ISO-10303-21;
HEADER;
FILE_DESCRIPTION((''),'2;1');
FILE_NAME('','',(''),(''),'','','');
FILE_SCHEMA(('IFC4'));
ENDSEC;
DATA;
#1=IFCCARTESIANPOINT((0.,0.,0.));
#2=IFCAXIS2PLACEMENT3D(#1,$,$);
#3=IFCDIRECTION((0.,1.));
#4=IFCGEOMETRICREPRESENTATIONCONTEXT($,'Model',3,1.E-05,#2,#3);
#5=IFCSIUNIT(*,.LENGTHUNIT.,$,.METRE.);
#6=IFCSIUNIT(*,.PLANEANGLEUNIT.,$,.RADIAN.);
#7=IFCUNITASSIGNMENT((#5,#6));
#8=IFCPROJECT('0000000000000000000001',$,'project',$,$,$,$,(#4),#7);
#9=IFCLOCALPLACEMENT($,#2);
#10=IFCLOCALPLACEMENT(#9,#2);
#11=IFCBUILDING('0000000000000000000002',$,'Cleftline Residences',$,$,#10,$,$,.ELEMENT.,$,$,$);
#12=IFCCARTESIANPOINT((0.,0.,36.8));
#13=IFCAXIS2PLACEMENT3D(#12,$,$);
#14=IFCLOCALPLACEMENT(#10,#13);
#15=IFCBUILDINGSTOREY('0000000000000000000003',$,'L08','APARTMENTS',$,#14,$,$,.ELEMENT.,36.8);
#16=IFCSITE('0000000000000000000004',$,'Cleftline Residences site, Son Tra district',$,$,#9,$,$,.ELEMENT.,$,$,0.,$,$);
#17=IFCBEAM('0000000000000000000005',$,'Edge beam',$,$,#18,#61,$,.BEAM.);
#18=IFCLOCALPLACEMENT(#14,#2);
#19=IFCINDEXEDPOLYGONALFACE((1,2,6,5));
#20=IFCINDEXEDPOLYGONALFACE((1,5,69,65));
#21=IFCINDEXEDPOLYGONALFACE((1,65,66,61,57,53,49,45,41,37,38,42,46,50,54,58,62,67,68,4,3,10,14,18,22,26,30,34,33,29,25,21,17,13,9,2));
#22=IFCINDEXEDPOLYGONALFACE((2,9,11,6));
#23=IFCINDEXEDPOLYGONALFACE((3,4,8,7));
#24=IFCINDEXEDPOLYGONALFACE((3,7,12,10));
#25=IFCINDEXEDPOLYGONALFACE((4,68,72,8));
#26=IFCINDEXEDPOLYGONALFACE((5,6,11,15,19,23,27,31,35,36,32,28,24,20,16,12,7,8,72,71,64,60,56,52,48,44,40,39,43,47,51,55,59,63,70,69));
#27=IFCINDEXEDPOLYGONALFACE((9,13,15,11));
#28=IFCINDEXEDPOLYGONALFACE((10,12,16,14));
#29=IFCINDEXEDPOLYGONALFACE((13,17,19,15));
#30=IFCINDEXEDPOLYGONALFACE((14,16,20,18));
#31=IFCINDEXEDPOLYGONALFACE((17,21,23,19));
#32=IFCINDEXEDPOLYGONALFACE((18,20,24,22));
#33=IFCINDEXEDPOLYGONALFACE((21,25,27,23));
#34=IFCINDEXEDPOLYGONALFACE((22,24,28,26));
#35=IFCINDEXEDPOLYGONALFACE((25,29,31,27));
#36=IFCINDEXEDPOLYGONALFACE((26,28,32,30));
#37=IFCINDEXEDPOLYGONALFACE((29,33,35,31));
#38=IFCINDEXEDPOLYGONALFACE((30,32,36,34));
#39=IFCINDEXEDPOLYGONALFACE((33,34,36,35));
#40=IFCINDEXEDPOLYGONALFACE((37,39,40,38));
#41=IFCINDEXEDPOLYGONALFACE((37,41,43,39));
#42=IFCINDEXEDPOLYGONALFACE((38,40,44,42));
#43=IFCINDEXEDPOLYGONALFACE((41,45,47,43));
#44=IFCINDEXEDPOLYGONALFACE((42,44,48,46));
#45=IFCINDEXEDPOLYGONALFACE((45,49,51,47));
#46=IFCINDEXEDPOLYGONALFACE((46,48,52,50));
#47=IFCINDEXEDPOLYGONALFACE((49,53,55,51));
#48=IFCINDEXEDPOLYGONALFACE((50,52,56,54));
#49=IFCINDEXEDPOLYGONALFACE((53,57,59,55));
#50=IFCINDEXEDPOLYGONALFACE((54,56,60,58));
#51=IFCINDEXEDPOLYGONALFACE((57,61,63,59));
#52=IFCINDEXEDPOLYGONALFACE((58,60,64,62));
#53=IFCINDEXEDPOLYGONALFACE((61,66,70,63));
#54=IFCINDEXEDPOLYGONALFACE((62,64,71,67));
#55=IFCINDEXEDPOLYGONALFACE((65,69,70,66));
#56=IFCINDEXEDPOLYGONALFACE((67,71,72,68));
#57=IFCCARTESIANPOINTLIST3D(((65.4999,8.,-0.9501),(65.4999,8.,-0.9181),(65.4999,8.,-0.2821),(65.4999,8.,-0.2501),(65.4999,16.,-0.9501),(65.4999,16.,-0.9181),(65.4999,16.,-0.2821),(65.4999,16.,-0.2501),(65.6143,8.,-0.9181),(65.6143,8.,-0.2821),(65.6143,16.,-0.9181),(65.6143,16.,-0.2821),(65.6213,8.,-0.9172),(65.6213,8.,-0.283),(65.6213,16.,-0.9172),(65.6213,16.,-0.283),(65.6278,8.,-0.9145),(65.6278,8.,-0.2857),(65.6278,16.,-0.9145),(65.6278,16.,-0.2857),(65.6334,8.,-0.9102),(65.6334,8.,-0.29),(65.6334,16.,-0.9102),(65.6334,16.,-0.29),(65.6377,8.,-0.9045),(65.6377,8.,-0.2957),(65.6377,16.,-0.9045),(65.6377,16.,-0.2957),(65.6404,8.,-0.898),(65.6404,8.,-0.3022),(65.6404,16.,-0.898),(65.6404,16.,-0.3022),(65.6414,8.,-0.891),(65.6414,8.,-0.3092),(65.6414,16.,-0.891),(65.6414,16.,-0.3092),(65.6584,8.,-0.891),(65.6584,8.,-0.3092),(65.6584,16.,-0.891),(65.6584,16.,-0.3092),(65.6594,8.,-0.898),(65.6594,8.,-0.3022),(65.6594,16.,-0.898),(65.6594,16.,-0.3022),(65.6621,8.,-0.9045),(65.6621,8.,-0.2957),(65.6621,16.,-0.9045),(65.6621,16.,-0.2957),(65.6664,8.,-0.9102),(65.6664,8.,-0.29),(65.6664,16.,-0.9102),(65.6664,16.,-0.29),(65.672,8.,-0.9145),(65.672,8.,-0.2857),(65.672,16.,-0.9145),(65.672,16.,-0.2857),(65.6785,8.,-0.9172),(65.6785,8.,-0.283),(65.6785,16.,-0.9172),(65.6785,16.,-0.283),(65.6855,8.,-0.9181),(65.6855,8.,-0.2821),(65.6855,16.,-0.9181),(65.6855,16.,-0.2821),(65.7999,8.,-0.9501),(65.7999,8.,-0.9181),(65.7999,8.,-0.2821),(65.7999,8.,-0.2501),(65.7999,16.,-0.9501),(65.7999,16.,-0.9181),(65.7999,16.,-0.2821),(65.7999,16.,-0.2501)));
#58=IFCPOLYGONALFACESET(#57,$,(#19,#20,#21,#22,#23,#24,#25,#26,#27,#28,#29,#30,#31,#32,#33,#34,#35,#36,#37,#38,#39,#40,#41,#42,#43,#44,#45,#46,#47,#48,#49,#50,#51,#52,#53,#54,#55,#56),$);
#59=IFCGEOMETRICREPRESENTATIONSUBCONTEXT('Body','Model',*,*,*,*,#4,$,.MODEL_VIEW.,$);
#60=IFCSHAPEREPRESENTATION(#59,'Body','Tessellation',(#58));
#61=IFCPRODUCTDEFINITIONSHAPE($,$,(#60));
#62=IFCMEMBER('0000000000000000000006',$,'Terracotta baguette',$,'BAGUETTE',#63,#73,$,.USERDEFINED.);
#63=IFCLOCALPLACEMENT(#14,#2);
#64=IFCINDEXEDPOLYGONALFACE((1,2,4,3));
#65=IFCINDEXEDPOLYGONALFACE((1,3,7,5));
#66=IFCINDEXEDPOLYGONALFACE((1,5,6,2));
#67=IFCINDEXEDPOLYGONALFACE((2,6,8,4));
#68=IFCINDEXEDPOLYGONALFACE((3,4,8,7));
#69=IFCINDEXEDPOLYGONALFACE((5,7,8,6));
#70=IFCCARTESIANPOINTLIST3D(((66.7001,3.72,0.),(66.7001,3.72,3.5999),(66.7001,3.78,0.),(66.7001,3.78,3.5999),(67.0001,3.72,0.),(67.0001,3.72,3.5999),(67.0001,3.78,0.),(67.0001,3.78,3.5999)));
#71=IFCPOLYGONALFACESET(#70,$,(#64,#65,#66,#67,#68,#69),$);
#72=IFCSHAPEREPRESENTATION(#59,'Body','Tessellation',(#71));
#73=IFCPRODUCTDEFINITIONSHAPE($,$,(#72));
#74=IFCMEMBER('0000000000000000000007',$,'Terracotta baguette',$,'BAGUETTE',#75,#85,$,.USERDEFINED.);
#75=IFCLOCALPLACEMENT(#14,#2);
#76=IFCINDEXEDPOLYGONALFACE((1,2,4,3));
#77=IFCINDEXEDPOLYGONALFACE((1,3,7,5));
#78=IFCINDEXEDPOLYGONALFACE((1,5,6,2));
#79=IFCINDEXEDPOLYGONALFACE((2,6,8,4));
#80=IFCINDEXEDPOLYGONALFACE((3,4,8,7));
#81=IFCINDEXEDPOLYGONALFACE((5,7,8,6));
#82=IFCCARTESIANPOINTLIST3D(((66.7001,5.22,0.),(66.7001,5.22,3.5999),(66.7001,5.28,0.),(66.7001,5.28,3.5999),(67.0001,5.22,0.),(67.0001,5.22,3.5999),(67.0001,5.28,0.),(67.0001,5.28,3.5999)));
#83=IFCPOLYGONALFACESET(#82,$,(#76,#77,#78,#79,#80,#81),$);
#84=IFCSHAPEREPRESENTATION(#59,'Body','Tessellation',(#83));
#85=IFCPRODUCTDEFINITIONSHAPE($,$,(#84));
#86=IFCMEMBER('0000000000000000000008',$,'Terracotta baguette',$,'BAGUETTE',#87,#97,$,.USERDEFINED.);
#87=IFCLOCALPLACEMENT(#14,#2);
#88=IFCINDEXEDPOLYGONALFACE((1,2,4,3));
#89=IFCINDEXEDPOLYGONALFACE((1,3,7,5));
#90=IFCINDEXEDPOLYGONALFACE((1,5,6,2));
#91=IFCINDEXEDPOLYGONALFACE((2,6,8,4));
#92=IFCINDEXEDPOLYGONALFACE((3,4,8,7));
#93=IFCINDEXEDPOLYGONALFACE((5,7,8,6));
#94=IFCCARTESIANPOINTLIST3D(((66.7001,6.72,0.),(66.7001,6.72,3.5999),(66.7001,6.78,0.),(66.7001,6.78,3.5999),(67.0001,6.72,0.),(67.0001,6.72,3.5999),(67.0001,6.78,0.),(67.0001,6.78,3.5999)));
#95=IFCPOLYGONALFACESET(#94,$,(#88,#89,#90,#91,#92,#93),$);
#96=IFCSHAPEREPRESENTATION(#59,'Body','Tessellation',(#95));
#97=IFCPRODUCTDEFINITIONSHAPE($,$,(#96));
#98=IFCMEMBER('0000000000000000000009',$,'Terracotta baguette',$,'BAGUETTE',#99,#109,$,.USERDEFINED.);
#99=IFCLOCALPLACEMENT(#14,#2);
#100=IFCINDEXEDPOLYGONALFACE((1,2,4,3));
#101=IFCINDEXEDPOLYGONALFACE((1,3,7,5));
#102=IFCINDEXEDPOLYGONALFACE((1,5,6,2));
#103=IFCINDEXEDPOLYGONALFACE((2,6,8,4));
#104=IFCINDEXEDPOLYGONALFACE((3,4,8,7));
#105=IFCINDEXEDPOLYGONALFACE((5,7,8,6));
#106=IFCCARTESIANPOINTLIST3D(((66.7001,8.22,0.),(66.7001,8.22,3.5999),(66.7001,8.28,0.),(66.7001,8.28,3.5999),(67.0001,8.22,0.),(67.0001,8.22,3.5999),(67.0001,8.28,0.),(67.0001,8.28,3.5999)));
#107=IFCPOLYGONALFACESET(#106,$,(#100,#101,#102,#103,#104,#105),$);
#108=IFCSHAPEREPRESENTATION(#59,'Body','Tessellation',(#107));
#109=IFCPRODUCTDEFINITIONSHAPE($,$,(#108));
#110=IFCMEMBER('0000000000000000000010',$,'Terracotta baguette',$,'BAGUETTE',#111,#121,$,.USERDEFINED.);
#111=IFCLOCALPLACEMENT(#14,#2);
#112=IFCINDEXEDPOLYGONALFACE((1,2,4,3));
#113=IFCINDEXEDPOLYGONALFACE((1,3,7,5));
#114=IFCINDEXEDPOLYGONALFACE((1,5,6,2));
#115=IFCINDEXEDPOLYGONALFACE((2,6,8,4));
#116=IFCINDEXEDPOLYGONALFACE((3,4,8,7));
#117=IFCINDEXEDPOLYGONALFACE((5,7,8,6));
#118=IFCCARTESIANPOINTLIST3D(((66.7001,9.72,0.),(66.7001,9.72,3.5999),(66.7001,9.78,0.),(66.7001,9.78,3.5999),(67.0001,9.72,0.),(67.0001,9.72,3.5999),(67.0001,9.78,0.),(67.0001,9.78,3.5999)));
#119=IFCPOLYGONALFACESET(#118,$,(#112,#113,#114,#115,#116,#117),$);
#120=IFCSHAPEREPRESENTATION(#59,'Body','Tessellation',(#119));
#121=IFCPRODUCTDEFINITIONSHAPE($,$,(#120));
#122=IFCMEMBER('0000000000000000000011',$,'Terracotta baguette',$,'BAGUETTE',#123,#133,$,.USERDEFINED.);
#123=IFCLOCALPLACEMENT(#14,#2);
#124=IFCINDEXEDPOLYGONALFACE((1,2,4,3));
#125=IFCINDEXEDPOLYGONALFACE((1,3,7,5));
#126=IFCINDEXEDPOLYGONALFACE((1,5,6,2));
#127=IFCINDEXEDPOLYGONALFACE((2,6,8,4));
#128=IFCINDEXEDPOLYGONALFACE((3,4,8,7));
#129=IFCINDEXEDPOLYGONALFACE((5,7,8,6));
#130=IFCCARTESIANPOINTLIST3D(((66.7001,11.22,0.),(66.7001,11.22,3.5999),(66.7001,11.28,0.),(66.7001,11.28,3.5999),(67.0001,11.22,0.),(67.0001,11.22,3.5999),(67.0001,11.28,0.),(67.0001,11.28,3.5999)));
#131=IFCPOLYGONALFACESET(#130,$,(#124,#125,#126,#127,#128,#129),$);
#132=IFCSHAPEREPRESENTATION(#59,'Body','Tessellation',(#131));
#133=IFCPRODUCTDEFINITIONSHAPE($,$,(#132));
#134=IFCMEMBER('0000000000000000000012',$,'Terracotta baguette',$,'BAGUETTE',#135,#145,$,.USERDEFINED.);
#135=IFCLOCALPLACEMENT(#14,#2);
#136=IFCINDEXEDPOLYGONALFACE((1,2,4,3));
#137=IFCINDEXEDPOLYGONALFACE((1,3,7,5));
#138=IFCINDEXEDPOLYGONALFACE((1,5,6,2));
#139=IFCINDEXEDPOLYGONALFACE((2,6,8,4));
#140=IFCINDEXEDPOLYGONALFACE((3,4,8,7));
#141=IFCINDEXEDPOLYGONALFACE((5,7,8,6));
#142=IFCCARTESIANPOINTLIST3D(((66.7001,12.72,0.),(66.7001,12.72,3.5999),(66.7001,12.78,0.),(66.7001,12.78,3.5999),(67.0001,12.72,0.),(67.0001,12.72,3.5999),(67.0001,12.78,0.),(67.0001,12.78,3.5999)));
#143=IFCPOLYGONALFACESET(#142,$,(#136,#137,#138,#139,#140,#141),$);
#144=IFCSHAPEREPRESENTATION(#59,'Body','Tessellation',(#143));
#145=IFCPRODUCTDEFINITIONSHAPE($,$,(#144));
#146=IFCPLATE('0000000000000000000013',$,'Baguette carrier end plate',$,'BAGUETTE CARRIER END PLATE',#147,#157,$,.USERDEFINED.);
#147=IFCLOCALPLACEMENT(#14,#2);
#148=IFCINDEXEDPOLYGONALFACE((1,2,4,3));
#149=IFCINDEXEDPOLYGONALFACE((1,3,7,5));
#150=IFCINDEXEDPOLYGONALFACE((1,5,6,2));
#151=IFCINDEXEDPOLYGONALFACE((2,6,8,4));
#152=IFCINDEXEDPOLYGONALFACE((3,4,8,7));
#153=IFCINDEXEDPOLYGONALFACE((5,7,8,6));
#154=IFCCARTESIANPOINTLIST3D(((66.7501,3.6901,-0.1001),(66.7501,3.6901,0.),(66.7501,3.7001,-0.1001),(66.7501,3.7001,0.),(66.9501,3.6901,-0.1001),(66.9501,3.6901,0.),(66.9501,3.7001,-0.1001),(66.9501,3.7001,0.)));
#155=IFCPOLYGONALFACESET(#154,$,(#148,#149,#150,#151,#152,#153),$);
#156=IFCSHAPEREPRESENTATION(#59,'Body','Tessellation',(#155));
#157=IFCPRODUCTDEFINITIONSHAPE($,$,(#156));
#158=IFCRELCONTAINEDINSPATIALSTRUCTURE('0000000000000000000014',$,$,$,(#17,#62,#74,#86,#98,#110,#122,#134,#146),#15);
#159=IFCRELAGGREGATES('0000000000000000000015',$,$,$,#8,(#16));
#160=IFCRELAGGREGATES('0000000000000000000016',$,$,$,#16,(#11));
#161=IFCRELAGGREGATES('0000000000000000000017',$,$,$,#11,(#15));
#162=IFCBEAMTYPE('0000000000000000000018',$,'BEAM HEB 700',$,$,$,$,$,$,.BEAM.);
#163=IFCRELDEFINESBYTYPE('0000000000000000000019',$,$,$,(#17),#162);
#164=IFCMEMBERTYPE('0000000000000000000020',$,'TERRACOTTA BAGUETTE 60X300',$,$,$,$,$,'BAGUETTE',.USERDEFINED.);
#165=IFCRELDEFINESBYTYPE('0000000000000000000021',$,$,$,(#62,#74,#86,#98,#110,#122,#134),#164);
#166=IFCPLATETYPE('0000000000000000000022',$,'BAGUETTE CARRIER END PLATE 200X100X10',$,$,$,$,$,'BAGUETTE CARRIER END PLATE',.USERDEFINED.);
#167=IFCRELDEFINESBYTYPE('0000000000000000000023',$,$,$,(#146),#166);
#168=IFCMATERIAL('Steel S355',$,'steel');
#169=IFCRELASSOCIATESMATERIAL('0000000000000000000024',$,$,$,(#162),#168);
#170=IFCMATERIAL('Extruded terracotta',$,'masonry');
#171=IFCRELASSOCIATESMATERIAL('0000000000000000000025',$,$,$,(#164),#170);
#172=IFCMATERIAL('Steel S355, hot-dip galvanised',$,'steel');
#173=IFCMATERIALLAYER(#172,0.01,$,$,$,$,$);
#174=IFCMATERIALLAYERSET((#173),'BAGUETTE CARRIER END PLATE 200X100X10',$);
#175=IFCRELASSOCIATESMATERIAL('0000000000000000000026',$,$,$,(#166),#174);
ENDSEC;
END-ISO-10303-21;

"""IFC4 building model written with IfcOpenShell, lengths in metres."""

from ifc_helpers import new_model, si_unit, direction, frame, origin, origin_2d, place, context, subcontext, project, spatial, rectangle, i_section, extrude, material, layer, layer_set, material_profile, profile_set, type_object, element, save


model = new_model("IFC4")

# Units and contexts
model_context = context("Model", 3, precision=1e-05, world=origin(), true_north=direction((0.0, 1.0)))
body_context = subcontext(model_context, "Body", "Model", "MODEL_VIEW")
ifc_project = project(units=[si_unit("LENGTHUNIT", "METRE"), si_unit("PLANEANGLEUNIT", "RADIAN")], contexts=[model_context])

# Site, building, storey
site_placement = place(None, origin())
site = spatial("IfcSite", under=ifc_project, at=site_placement, Name="Cleftline Residences site, Son Tra district", CompositionType="ELEMENT", RefElevation=0.0)
building_placement = place(site_placement, origin())
building = spatial("IfcBuilding", under=site, at=building_placement, Name="Cleftline Residences", CompositionType="ELEMENT")
storey_placement = place(building_placement, frame((0.0, 0.0, 36.8)))
storey = spatial("IfcBuildingStorey", under=building, at=storey_placement, Name="L08", Description="APARTMENTS", CompositionType="ELEMENT", Elevation=36.8)

# Beam
ifc_material_1 = material(Name="Steel S355", Category="steel")
ifc_material_profile_1 = material_profile(ifc_material_1, i_section(OverallWidth=0.3, OverallDepth=0.7, WebThickness=0.0171, FlangeThickness=0.032, FilletRadius=0.0271, at=origin_2d()))
ifc_profile_set_1 = profile_set([ifc_material_profile_1], Name="Steel S355")
beam_type = type_object("IfcBeamType", Name="BEAM HEB 700", PredefinedType="BEAM", material=ifc_profile_set_1)
beam_placement = place(storey_placement, frame((65.6499, 8.0, -0.6001), z_axis=(0.0, 1.0, 0.0), x_axis=(-1.0, 0.0, 0.0)))
element("IfcBeam", 1, at=beam_placement, inside=storey, type_object=beam_type, Name="Edge beam", PredefinedType="BEAM", context=body_context, shape_type="SweptSolid", body=[
    extrude(i_section(OverallWidth=0.3, OverallDepth=0.7, WebThickness=0.0171, FlangeThickness=0.032, FilletRadius=0.0271, at=origin_2d()), origin(), (0.0, 0.0, 1.0), 8.0),
])

# Members
ifc_material_2 = material(Name="Extruded terracotta", Category="masonry")
ifc_material_profile_2 = material_profile(ifc_material_2, rectangle(XDim=0.0601, YDim=0.3, at=origin_2d()))
ifc_profile_set_2 = profile_set([ifc_material_profile_2], Name="Extruded terracotta")
member_type_1 = type_object("IfcMemberType", Name="TERRACOTTA BAGUETTE 60X300", ElementType="BAGUETTE", PredefinedType="USERDEFINED", material=ifc_profile_set_2)
for number, where, z_axis, x_axis, name in (
    (2, (66.8501, 3.75, 0.0), (0.0, 0.0, 1.0), (0.0, 1.0, 0.0), "Terracotta baguette"),
    (3, (66.8501, 5.25, 0.0), (0.0, 0.0, 1.0), (0.0, 1.0, 0.0), "Terracotta baguette"),
    (4, (66.8501, 6.75, 0.0), (0.0, 0.0, 1.0), (0.0, 1.0, 0.0), "Terracotta baguette"),
    (5, (66.8501, 8.25, 0.0), (0.0, 0.0, 1.0), (0.0, 1.0, 0.0), "Terracotta baguette"),
    (6, (66.8501, 9.75, 0.0), (0.0, 0.0, 1.0), (0.0, 1.0, 0.0), "Terracotta baguette"),
    (7, (66.8501, 11.25, 0.0), (0.0, 0.0, 1.0), (0.0, 1.0, 0.0), "Terracotta baguette"),
    (8, (66.8501, 12.75, 0.0), (0.0, 0.0, 1.0), (0.0, 1.0, 0.0), "Terracotta baguette"),
):
    element("IfcMember", number, at=place(storey_placement, frame(where, z_axis=z_axis, x_axis=x_axis)), inside=storey, type_object=member_type_1, Name=name, ObjectType="BAGUETTE", PredefinedType="USERDEFINED", context=body_context, shape_type="SweptSolid", body=[
        extrude(rectangle(XDim=0.0601, YDim=0.3, at=origin_2d()), origin(), (0.0, 0.0, 1.0), 3.5999),
    ])

# Plate
ifc_material_3 = material(Name="Steel S355, hot-dip galvanised", Category="steel")
ifc_layer_1 = layer(ifc_material_3, 0.01)
ifc_layer_set_1 = layer_set([ifc_layer_1], Name="BAGUETTE CARRIER END PLATE 200X100X10")
plate_type = type_object("IfcPlateType", Name="BAGUETTE CARRIER END PLATE 200X100X10", ElementType="BAGUETTE CARRIER END PLATE", PredefinedType="USERDEFINED", material=ifc_layer_set_1)
plate_placement = place(storey_placement, frame((66.8501, 3.6951, -0.1001), z_axis=(0.0, 0.0, 1.0), x_axis=(1.0, 0.0, 0.0)))
element("IfcPlate", 9, at=plate_placement, inside=storey, type_object=plate_type, Name="Baguette carrier end plate", ObjectType="BAGUETTE CARRIER END PLATE", PredefinedType="USERDEFINED", context=body_context, shape_type="SweptSolid", body=[
    extrude(rectangle(XDim=0.2, YDim=0.01, at=origin_2d()), origin(), (0.0, 0.0, 1.0), 0.1001),
])

save(model, "model.ifc")
